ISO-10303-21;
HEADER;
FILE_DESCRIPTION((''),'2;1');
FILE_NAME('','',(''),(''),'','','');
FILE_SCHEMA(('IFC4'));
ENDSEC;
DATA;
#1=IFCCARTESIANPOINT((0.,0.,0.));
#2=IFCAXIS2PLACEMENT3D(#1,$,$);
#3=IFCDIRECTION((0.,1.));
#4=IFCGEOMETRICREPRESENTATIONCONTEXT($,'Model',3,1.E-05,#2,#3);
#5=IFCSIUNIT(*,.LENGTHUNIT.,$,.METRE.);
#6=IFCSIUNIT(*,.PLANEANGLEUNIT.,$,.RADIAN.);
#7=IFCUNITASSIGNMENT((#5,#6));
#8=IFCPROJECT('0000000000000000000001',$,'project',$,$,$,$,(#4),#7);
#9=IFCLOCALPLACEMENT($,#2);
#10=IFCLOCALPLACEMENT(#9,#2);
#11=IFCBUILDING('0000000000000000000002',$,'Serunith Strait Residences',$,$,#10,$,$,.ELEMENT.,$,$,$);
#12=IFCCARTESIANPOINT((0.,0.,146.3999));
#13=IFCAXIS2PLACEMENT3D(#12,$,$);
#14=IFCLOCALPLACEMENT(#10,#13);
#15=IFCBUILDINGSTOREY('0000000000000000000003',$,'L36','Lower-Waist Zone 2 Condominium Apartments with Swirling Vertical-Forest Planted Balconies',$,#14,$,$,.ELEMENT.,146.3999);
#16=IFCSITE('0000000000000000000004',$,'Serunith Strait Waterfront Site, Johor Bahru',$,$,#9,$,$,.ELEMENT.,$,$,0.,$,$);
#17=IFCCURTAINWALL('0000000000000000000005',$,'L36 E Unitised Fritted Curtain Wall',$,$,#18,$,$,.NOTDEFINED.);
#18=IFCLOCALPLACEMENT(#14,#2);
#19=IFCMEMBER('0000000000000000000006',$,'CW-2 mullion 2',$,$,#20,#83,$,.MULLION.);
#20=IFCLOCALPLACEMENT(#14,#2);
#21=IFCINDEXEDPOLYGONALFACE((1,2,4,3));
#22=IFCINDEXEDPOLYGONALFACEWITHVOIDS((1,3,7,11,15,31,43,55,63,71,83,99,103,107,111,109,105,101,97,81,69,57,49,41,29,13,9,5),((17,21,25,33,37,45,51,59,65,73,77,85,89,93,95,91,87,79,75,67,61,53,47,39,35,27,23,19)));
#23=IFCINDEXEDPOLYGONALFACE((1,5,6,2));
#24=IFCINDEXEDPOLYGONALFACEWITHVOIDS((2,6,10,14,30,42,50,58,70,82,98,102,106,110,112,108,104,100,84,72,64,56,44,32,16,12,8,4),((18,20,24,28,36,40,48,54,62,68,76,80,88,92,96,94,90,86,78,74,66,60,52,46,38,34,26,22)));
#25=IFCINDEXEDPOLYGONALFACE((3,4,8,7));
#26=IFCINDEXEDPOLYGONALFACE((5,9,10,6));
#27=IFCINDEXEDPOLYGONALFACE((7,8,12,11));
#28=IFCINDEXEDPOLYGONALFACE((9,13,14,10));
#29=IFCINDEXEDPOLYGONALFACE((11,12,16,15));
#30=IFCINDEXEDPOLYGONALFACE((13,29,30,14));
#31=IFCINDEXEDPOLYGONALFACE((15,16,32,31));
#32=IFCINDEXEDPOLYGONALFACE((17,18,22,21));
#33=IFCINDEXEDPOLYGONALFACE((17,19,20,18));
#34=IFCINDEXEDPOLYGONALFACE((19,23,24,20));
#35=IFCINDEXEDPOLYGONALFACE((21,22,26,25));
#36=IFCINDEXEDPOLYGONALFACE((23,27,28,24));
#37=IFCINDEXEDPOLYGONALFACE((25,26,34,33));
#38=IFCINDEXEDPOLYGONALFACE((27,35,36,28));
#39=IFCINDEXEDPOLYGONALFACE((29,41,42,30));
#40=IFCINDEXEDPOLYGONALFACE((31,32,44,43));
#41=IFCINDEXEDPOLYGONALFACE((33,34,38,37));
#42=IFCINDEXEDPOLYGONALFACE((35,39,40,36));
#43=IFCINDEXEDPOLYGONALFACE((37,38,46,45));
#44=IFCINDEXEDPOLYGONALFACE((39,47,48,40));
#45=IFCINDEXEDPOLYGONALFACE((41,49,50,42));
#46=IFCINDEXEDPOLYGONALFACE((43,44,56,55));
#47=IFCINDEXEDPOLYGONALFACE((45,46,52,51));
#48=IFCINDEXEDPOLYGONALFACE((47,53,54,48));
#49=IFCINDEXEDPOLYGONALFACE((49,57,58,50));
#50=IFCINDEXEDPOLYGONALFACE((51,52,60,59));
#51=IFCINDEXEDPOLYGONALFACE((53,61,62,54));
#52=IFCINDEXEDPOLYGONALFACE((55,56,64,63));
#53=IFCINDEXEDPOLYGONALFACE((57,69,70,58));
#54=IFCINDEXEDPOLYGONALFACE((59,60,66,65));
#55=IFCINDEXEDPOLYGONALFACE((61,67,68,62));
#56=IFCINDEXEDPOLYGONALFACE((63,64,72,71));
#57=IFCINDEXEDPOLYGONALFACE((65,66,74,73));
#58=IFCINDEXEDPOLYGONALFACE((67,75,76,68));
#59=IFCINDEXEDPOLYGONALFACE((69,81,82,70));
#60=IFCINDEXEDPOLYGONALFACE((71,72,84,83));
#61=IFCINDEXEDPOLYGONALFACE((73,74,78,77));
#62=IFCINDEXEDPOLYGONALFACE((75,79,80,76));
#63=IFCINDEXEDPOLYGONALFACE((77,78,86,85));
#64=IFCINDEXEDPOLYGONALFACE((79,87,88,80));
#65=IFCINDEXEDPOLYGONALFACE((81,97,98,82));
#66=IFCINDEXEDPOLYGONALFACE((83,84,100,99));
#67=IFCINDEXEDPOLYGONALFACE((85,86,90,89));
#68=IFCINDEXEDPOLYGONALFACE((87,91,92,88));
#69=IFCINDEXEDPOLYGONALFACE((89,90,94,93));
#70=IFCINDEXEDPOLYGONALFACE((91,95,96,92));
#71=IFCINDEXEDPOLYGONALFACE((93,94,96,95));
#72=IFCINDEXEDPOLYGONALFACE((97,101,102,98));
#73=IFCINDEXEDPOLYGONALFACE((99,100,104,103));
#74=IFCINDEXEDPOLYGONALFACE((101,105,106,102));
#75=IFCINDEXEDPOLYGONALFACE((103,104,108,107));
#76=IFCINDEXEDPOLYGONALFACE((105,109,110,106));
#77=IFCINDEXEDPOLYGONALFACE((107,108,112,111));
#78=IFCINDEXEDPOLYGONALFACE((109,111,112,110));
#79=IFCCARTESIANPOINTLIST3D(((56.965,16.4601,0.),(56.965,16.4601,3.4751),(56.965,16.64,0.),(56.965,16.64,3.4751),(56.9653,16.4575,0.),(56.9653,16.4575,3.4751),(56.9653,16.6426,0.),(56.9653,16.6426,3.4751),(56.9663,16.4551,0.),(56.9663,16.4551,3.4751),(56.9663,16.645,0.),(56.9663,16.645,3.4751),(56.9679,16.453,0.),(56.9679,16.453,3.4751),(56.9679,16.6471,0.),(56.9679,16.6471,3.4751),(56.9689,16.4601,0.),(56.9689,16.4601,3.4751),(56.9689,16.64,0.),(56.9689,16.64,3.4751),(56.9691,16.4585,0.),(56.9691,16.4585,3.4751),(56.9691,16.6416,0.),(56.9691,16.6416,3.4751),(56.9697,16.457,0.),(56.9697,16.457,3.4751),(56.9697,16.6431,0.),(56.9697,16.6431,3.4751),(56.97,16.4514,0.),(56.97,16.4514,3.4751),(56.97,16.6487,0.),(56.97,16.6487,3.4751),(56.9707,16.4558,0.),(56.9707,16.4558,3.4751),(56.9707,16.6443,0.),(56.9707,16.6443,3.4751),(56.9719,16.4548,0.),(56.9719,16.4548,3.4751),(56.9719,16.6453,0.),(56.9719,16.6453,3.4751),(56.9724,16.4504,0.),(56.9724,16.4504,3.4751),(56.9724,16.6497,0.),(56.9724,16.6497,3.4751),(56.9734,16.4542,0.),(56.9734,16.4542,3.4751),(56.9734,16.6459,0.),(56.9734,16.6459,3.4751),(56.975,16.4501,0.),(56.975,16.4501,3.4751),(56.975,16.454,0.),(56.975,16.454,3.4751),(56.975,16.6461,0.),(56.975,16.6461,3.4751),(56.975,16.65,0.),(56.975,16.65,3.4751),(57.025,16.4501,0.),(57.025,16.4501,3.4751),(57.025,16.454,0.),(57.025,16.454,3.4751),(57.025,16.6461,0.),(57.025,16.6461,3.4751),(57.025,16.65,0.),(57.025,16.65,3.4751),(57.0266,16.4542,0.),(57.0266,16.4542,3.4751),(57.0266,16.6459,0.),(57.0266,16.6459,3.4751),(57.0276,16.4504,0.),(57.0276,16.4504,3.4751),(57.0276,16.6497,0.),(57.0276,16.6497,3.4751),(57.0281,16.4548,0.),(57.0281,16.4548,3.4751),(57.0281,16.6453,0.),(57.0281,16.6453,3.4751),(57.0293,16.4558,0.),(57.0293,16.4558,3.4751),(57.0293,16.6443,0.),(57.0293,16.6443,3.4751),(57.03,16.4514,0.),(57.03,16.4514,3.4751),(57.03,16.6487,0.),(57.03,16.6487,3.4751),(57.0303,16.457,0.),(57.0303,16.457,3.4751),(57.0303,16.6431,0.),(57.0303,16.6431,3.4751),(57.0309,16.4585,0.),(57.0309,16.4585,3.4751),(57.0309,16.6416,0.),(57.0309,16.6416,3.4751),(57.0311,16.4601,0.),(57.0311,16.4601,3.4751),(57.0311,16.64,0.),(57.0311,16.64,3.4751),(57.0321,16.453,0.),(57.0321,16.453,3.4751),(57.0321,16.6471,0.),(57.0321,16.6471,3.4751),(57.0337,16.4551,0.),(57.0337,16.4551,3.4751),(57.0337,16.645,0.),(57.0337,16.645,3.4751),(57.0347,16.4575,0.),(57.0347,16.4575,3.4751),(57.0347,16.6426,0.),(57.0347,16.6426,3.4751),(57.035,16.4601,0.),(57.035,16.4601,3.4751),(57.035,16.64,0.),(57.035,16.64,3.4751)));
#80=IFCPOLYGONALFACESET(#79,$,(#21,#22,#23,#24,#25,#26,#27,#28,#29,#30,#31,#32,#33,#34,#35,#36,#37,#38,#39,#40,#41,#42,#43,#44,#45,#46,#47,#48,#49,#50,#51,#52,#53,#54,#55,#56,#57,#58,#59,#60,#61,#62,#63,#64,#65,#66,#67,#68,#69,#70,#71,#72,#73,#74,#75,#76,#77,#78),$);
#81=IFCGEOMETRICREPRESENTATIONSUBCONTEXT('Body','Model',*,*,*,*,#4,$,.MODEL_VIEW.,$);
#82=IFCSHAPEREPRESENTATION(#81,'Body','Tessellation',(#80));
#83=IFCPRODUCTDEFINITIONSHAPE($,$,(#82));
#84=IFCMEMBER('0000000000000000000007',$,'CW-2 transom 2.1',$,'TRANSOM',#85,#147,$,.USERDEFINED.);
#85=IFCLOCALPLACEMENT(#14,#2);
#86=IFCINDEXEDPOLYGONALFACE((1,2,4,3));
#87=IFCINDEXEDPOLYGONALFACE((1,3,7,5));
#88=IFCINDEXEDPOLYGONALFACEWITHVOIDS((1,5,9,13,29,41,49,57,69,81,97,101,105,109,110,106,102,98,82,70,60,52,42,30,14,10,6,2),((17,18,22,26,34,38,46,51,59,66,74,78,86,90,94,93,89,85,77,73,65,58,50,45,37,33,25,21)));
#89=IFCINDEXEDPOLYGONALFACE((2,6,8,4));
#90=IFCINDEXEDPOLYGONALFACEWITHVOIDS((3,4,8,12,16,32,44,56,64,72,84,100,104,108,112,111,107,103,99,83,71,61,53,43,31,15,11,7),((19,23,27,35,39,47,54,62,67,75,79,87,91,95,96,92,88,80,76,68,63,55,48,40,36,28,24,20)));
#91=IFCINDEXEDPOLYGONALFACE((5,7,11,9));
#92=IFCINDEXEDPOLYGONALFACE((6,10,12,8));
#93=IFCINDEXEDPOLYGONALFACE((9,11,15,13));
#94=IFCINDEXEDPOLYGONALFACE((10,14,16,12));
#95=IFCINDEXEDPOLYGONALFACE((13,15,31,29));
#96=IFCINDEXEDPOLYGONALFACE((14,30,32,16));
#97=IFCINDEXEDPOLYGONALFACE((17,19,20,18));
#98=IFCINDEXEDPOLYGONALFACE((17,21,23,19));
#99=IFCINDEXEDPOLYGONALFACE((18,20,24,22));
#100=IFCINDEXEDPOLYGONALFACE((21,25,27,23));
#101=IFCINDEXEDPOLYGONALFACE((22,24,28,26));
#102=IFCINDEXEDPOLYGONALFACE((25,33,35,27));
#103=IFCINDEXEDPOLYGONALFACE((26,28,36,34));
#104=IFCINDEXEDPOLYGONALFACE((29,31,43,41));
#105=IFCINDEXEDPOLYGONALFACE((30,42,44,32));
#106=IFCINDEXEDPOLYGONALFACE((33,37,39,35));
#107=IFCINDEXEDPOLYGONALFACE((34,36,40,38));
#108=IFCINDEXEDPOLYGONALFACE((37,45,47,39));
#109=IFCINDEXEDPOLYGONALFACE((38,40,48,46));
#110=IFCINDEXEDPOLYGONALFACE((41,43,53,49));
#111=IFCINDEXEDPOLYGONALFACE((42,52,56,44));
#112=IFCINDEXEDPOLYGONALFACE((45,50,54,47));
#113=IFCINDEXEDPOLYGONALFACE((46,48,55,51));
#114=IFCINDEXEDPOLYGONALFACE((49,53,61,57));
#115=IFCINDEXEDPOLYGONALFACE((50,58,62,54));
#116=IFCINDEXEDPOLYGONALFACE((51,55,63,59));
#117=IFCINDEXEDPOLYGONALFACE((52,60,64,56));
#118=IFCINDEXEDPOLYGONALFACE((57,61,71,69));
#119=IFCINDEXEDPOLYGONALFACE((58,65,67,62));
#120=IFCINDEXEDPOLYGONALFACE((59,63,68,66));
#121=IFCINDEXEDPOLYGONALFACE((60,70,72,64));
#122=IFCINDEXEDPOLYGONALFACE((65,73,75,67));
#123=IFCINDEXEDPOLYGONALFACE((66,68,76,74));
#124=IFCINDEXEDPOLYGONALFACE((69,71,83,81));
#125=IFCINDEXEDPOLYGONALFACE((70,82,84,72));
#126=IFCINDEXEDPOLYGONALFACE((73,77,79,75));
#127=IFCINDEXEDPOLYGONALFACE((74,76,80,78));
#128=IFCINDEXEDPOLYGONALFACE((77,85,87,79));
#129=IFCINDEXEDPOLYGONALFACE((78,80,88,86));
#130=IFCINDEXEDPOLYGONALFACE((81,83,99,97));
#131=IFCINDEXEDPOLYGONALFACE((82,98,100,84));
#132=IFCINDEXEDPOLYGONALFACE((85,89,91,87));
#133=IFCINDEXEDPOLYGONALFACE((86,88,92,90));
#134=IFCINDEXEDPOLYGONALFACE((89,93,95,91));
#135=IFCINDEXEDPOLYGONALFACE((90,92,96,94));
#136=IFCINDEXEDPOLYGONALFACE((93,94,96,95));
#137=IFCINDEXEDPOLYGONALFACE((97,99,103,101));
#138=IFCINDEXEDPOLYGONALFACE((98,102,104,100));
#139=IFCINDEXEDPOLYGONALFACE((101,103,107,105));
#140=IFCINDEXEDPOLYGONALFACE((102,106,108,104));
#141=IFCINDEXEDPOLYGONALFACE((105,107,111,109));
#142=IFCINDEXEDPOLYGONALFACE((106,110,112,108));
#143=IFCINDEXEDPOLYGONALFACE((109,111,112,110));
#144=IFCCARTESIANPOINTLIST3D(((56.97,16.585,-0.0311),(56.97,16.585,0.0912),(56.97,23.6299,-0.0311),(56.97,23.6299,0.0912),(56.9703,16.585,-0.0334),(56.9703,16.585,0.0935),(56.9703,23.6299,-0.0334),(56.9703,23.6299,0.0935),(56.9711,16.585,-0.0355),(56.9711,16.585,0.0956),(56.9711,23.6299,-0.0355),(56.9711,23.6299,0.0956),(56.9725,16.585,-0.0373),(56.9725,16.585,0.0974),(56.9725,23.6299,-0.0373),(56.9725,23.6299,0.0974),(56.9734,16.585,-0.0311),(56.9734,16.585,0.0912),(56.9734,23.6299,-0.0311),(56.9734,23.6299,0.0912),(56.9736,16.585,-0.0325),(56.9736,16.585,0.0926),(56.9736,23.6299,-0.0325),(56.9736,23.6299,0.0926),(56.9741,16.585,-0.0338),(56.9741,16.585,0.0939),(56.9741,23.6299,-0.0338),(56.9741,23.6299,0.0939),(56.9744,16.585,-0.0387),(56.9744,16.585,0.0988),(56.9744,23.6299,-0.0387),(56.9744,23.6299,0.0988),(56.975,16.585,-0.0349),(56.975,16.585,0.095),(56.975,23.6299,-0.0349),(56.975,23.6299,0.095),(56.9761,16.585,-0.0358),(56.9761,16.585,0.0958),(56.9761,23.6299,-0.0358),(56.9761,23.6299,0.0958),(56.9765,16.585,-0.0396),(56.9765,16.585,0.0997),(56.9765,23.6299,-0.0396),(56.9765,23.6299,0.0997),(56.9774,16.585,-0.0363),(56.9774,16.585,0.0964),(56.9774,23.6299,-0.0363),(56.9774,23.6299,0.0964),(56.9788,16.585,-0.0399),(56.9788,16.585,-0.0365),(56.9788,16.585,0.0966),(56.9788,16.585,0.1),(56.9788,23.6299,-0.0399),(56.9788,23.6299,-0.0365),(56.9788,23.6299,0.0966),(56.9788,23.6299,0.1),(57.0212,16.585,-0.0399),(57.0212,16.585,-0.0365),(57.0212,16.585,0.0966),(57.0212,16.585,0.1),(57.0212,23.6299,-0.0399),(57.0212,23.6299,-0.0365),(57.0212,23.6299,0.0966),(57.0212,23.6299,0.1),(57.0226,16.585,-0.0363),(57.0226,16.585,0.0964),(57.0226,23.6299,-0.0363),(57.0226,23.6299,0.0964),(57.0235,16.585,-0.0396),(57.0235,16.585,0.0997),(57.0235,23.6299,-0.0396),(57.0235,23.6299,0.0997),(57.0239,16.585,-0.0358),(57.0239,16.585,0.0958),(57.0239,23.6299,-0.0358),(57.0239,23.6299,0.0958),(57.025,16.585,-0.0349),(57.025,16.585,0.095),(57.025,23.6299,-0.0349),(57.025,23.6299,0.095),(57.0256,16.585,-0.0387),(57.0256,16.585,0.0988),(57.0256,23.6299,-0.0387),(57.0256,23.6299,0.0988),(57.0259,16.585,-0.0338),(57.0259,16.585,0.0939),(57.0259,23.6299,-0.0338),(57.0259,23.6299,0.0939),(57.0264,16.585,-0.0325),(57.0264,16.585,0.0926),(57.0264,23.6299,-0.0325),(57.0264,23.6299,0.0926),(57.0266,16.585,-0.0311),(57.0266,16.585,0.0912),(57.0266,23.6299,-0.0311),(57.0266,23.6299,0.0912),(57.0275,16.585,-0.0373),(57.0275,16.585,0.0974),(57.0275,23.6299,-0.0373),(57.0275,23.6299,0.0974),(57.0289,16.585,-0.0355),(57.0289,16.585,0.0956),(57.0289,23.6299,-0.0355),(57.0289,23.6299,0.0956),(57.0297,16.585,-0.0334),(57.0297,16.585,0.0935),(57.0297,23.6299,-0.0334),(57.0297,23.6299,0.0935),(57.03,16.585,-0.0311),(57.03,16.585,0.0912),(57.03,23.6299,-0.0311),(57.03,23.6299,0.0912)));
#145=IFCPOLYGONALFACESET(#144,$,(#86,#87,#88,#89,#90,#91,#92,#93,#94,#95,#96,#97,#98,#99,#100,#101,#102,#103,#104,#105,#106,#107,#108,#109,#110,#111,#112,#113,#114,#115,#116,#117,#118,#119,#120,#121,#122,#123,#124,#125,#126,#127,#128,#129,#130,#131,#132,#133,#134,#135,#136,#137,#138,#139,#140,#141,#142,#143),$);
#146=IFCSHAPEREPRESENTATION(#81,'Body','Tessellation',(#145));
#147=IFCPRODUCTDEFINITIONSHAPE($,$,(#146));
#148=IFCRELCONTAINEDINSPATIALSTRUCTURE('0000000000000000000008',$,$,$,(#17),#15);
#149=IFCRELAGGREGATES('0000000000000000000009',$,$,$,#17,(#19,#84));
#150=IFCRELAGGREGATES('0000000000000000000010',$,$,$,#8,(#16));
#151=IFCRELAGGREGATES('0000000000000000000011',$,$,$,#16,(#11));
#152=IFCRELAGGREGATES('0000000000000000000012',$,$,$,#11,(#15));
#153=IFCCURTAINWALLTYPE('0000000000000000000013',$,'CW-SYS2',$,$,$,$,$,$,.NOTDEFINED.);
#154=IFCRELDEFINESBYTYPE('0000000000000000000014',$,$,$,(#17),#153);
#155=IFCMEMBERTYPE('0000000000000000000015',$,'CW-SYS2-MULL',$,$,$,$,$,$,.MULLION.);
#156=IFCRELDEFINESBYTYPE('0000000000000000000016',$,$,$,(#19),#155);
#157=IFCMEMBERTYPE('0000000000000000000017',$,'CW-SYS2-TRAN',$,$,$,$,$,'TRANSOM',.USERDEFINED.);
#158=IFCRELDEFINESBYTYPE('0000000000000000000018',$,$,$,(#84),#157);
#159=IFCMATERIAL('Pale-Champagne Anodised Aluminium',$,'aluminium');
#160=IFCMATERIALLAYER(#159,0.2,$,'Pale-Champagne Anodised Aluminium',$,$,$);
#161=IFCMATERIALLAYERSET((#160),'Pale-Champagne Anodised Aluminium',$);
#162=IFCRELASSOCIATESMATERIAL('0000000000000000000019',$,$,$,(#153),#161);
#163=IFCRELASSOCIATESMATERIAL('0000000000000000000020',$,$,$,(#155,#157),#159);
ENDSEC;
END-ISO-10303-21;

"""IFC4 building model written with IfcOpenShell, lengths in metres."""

from ifc_helpers import new_model, si_unit, direction, frame, origin, origin_2d, place, context, subcontext, project, spatial, hollow_rectangle, extrude, source, transform, mapped, material, layer, layer_set, material_profile, profile_set, type_object, element, aggregate, save


model = new_model("IFC4")

# Units and contexts
model_context = context("Model", 3, precision=1e-05, world=origin(), true_north=direction((0.0, 1.0)))
body_context = subcontext(model_context, "Body", "Model", "MODEL_VIEW")
ifc_project = project(units=[si_unit("LENGTHUNIT", "METRE"), si_unit("PLANEANGLEUNIT", "RADIAN")], contexts=[model_context])

# Site, building, storey
site_placement = place(None, origin())
site = spatial("IfcSite", under=ifc_project, at=site_placement, Name="Serunith Strait Waterfront Site, Johor Bahru", CompositionType="ELEMENT", RefElevation=0.0)
building_placement = place(site_placement, origin())
building = spatial("IfcBuilding", under=site, at=building_placement, Name="Serunith Strait Residences", CompositionType="ELEMENT")
storey_placement = place(building_placement, frame((0.0, 0.0, 146.3999)))
storey = spatial("IfcBuildingStorey", under=building, at=storey_placement, Name="L36", Description="Lower-Waist Zone 2 Condominium Apartments with Swirling Vertical-Forest Planted Balconies", CompositionType="ELEMENT", Elevation=146.3999)

# Curtain wall, members
ifc_material_1 = material(Name="Pale-Champagne Anodised Aluminium", Category="aluminium")
ifc_layer_1 = layer(ifc_material_1, 0.2, Name="Pale-Champagne Anodised Aluminium")
ifc_layer_set_1 = layer_set([ifc_layer_1], Name="Pale-Champagne Anodised Aluminium")
curtain_wall_type = type_object("IfcCurtainWallType", Name="CW-SYS2", PredefinedType="NOTDEFINED", material=ifc_layer_set_1)
curtain_wall_placement = place(storey_placement, origin())
curtain_wall = element("IfcCurtainWall", 1, at=curtain_wall_placement, inside=storey, type_object=curtain_wall_type, Name="L36 E Unitised Fritted Curtain Wall", PredefinedType="NOTDEFINED")
ifc_material_profile_1 = material_profile(ifc_material_1, hollow_rectangle(XDim=0.0701, YDim=0.2, WallThickness=0.0039, InnerFilletRadius=0.0061, OuterFilletRadius=0.01, at=origin_2d()), Name="ALU 200x70x4")
ifc_profile_set_1 = profile_set([ifc_material_profile_1], Name="Pale-Champagne Anodised Aluminium")
member_type_1 = type_object("IfcMemberType", Name="CW-SYS2-MULL", PredefinedType="MULLION", material=ifc_profile_set_1)
shared_shape_1 = source(origin(), body_context, "Body", "SweptSolid", [
    extrude(hollow_rectangle(XDim=0.0701, YDim=0.2, WallThickness=0.0039, InnerFilletRadius=0.0061, OuterFilletRadius=0.01, at=origin_2d()), origin(), (0.0, 0.0, 1.0), 3.4751),
])
member_1_placement = place(storey_placement, frame((57.0, 16.55, 0.0), z_axis=(0.0, 0.0, 1.0), x_axis=(-1.0, 0.0, 0.0)))
member_1 = element("IfcMember", 2, at=member_1_placement, type_object=member_type_1, Name="CW-2 mullion 2", PredefinedType="MULLION", context=body_context, shape_type="MappedRepresentation", body=[
    mapped(shared_shape_1, transform((0.0, 0.0, 0.0), scale=1.0)),
])
ifc_material_profile_2 = material_profile(ifc_material_1, hollow_rectangle(XDim=0.0601, YDim=0.1399, WallThickness=0.0034, InnerFilletRadius=0.0054, OuterFilletRadius=0.0088, at=origin_2d()), Name="ALU 140x60x3.5")
ifc_profile_set_2 = profile_set([ifc_material_profile_2], Name="Pale-Champagne Anodised Aluminium")
member_type_2 = type_object("IfcMemberType", Name="CW-SYS2-TRAN", ElementType="TRANSOM", PredefinedType="USERDEFINED", material=ifc_profile_set_2)
shared_shape_2 = source(origin(), body_context, "Body", "SweptSolid", [
    extrude(hollow_rectangle(XDim=0.0601, YDim=0.1399, WallThickness=0.0034, InnerFilletRadius=0.0054, OuterFilletRadius=0.0088, at=origin_2d()), origin(), (0.0, 0.0, 1.0), 7.0449),
])
member_2_placement = place(storey_placement, frame((57.0, 16.585, 0.03), z_axis=(0.0, 1.0, 0.0), x_axis=(-1.0, 0.0, 0.0)))
member_2 = element("IfcMember", 3, at=member_2_placement, type_object=member_type_2, Name="CW-2 transom 2.1", ObjectType="TRANSOM", PredefinedType="USERDEFINED", context=body_context, shape_type="MappedRepresentation", body=[
    mapped(shared_shape_2, transform((0.0, 0.0, 0.0), scale=1.0)),
])
aggregate(curtain_wall, [member_1, member_2])

save(model, "model.ifc")
